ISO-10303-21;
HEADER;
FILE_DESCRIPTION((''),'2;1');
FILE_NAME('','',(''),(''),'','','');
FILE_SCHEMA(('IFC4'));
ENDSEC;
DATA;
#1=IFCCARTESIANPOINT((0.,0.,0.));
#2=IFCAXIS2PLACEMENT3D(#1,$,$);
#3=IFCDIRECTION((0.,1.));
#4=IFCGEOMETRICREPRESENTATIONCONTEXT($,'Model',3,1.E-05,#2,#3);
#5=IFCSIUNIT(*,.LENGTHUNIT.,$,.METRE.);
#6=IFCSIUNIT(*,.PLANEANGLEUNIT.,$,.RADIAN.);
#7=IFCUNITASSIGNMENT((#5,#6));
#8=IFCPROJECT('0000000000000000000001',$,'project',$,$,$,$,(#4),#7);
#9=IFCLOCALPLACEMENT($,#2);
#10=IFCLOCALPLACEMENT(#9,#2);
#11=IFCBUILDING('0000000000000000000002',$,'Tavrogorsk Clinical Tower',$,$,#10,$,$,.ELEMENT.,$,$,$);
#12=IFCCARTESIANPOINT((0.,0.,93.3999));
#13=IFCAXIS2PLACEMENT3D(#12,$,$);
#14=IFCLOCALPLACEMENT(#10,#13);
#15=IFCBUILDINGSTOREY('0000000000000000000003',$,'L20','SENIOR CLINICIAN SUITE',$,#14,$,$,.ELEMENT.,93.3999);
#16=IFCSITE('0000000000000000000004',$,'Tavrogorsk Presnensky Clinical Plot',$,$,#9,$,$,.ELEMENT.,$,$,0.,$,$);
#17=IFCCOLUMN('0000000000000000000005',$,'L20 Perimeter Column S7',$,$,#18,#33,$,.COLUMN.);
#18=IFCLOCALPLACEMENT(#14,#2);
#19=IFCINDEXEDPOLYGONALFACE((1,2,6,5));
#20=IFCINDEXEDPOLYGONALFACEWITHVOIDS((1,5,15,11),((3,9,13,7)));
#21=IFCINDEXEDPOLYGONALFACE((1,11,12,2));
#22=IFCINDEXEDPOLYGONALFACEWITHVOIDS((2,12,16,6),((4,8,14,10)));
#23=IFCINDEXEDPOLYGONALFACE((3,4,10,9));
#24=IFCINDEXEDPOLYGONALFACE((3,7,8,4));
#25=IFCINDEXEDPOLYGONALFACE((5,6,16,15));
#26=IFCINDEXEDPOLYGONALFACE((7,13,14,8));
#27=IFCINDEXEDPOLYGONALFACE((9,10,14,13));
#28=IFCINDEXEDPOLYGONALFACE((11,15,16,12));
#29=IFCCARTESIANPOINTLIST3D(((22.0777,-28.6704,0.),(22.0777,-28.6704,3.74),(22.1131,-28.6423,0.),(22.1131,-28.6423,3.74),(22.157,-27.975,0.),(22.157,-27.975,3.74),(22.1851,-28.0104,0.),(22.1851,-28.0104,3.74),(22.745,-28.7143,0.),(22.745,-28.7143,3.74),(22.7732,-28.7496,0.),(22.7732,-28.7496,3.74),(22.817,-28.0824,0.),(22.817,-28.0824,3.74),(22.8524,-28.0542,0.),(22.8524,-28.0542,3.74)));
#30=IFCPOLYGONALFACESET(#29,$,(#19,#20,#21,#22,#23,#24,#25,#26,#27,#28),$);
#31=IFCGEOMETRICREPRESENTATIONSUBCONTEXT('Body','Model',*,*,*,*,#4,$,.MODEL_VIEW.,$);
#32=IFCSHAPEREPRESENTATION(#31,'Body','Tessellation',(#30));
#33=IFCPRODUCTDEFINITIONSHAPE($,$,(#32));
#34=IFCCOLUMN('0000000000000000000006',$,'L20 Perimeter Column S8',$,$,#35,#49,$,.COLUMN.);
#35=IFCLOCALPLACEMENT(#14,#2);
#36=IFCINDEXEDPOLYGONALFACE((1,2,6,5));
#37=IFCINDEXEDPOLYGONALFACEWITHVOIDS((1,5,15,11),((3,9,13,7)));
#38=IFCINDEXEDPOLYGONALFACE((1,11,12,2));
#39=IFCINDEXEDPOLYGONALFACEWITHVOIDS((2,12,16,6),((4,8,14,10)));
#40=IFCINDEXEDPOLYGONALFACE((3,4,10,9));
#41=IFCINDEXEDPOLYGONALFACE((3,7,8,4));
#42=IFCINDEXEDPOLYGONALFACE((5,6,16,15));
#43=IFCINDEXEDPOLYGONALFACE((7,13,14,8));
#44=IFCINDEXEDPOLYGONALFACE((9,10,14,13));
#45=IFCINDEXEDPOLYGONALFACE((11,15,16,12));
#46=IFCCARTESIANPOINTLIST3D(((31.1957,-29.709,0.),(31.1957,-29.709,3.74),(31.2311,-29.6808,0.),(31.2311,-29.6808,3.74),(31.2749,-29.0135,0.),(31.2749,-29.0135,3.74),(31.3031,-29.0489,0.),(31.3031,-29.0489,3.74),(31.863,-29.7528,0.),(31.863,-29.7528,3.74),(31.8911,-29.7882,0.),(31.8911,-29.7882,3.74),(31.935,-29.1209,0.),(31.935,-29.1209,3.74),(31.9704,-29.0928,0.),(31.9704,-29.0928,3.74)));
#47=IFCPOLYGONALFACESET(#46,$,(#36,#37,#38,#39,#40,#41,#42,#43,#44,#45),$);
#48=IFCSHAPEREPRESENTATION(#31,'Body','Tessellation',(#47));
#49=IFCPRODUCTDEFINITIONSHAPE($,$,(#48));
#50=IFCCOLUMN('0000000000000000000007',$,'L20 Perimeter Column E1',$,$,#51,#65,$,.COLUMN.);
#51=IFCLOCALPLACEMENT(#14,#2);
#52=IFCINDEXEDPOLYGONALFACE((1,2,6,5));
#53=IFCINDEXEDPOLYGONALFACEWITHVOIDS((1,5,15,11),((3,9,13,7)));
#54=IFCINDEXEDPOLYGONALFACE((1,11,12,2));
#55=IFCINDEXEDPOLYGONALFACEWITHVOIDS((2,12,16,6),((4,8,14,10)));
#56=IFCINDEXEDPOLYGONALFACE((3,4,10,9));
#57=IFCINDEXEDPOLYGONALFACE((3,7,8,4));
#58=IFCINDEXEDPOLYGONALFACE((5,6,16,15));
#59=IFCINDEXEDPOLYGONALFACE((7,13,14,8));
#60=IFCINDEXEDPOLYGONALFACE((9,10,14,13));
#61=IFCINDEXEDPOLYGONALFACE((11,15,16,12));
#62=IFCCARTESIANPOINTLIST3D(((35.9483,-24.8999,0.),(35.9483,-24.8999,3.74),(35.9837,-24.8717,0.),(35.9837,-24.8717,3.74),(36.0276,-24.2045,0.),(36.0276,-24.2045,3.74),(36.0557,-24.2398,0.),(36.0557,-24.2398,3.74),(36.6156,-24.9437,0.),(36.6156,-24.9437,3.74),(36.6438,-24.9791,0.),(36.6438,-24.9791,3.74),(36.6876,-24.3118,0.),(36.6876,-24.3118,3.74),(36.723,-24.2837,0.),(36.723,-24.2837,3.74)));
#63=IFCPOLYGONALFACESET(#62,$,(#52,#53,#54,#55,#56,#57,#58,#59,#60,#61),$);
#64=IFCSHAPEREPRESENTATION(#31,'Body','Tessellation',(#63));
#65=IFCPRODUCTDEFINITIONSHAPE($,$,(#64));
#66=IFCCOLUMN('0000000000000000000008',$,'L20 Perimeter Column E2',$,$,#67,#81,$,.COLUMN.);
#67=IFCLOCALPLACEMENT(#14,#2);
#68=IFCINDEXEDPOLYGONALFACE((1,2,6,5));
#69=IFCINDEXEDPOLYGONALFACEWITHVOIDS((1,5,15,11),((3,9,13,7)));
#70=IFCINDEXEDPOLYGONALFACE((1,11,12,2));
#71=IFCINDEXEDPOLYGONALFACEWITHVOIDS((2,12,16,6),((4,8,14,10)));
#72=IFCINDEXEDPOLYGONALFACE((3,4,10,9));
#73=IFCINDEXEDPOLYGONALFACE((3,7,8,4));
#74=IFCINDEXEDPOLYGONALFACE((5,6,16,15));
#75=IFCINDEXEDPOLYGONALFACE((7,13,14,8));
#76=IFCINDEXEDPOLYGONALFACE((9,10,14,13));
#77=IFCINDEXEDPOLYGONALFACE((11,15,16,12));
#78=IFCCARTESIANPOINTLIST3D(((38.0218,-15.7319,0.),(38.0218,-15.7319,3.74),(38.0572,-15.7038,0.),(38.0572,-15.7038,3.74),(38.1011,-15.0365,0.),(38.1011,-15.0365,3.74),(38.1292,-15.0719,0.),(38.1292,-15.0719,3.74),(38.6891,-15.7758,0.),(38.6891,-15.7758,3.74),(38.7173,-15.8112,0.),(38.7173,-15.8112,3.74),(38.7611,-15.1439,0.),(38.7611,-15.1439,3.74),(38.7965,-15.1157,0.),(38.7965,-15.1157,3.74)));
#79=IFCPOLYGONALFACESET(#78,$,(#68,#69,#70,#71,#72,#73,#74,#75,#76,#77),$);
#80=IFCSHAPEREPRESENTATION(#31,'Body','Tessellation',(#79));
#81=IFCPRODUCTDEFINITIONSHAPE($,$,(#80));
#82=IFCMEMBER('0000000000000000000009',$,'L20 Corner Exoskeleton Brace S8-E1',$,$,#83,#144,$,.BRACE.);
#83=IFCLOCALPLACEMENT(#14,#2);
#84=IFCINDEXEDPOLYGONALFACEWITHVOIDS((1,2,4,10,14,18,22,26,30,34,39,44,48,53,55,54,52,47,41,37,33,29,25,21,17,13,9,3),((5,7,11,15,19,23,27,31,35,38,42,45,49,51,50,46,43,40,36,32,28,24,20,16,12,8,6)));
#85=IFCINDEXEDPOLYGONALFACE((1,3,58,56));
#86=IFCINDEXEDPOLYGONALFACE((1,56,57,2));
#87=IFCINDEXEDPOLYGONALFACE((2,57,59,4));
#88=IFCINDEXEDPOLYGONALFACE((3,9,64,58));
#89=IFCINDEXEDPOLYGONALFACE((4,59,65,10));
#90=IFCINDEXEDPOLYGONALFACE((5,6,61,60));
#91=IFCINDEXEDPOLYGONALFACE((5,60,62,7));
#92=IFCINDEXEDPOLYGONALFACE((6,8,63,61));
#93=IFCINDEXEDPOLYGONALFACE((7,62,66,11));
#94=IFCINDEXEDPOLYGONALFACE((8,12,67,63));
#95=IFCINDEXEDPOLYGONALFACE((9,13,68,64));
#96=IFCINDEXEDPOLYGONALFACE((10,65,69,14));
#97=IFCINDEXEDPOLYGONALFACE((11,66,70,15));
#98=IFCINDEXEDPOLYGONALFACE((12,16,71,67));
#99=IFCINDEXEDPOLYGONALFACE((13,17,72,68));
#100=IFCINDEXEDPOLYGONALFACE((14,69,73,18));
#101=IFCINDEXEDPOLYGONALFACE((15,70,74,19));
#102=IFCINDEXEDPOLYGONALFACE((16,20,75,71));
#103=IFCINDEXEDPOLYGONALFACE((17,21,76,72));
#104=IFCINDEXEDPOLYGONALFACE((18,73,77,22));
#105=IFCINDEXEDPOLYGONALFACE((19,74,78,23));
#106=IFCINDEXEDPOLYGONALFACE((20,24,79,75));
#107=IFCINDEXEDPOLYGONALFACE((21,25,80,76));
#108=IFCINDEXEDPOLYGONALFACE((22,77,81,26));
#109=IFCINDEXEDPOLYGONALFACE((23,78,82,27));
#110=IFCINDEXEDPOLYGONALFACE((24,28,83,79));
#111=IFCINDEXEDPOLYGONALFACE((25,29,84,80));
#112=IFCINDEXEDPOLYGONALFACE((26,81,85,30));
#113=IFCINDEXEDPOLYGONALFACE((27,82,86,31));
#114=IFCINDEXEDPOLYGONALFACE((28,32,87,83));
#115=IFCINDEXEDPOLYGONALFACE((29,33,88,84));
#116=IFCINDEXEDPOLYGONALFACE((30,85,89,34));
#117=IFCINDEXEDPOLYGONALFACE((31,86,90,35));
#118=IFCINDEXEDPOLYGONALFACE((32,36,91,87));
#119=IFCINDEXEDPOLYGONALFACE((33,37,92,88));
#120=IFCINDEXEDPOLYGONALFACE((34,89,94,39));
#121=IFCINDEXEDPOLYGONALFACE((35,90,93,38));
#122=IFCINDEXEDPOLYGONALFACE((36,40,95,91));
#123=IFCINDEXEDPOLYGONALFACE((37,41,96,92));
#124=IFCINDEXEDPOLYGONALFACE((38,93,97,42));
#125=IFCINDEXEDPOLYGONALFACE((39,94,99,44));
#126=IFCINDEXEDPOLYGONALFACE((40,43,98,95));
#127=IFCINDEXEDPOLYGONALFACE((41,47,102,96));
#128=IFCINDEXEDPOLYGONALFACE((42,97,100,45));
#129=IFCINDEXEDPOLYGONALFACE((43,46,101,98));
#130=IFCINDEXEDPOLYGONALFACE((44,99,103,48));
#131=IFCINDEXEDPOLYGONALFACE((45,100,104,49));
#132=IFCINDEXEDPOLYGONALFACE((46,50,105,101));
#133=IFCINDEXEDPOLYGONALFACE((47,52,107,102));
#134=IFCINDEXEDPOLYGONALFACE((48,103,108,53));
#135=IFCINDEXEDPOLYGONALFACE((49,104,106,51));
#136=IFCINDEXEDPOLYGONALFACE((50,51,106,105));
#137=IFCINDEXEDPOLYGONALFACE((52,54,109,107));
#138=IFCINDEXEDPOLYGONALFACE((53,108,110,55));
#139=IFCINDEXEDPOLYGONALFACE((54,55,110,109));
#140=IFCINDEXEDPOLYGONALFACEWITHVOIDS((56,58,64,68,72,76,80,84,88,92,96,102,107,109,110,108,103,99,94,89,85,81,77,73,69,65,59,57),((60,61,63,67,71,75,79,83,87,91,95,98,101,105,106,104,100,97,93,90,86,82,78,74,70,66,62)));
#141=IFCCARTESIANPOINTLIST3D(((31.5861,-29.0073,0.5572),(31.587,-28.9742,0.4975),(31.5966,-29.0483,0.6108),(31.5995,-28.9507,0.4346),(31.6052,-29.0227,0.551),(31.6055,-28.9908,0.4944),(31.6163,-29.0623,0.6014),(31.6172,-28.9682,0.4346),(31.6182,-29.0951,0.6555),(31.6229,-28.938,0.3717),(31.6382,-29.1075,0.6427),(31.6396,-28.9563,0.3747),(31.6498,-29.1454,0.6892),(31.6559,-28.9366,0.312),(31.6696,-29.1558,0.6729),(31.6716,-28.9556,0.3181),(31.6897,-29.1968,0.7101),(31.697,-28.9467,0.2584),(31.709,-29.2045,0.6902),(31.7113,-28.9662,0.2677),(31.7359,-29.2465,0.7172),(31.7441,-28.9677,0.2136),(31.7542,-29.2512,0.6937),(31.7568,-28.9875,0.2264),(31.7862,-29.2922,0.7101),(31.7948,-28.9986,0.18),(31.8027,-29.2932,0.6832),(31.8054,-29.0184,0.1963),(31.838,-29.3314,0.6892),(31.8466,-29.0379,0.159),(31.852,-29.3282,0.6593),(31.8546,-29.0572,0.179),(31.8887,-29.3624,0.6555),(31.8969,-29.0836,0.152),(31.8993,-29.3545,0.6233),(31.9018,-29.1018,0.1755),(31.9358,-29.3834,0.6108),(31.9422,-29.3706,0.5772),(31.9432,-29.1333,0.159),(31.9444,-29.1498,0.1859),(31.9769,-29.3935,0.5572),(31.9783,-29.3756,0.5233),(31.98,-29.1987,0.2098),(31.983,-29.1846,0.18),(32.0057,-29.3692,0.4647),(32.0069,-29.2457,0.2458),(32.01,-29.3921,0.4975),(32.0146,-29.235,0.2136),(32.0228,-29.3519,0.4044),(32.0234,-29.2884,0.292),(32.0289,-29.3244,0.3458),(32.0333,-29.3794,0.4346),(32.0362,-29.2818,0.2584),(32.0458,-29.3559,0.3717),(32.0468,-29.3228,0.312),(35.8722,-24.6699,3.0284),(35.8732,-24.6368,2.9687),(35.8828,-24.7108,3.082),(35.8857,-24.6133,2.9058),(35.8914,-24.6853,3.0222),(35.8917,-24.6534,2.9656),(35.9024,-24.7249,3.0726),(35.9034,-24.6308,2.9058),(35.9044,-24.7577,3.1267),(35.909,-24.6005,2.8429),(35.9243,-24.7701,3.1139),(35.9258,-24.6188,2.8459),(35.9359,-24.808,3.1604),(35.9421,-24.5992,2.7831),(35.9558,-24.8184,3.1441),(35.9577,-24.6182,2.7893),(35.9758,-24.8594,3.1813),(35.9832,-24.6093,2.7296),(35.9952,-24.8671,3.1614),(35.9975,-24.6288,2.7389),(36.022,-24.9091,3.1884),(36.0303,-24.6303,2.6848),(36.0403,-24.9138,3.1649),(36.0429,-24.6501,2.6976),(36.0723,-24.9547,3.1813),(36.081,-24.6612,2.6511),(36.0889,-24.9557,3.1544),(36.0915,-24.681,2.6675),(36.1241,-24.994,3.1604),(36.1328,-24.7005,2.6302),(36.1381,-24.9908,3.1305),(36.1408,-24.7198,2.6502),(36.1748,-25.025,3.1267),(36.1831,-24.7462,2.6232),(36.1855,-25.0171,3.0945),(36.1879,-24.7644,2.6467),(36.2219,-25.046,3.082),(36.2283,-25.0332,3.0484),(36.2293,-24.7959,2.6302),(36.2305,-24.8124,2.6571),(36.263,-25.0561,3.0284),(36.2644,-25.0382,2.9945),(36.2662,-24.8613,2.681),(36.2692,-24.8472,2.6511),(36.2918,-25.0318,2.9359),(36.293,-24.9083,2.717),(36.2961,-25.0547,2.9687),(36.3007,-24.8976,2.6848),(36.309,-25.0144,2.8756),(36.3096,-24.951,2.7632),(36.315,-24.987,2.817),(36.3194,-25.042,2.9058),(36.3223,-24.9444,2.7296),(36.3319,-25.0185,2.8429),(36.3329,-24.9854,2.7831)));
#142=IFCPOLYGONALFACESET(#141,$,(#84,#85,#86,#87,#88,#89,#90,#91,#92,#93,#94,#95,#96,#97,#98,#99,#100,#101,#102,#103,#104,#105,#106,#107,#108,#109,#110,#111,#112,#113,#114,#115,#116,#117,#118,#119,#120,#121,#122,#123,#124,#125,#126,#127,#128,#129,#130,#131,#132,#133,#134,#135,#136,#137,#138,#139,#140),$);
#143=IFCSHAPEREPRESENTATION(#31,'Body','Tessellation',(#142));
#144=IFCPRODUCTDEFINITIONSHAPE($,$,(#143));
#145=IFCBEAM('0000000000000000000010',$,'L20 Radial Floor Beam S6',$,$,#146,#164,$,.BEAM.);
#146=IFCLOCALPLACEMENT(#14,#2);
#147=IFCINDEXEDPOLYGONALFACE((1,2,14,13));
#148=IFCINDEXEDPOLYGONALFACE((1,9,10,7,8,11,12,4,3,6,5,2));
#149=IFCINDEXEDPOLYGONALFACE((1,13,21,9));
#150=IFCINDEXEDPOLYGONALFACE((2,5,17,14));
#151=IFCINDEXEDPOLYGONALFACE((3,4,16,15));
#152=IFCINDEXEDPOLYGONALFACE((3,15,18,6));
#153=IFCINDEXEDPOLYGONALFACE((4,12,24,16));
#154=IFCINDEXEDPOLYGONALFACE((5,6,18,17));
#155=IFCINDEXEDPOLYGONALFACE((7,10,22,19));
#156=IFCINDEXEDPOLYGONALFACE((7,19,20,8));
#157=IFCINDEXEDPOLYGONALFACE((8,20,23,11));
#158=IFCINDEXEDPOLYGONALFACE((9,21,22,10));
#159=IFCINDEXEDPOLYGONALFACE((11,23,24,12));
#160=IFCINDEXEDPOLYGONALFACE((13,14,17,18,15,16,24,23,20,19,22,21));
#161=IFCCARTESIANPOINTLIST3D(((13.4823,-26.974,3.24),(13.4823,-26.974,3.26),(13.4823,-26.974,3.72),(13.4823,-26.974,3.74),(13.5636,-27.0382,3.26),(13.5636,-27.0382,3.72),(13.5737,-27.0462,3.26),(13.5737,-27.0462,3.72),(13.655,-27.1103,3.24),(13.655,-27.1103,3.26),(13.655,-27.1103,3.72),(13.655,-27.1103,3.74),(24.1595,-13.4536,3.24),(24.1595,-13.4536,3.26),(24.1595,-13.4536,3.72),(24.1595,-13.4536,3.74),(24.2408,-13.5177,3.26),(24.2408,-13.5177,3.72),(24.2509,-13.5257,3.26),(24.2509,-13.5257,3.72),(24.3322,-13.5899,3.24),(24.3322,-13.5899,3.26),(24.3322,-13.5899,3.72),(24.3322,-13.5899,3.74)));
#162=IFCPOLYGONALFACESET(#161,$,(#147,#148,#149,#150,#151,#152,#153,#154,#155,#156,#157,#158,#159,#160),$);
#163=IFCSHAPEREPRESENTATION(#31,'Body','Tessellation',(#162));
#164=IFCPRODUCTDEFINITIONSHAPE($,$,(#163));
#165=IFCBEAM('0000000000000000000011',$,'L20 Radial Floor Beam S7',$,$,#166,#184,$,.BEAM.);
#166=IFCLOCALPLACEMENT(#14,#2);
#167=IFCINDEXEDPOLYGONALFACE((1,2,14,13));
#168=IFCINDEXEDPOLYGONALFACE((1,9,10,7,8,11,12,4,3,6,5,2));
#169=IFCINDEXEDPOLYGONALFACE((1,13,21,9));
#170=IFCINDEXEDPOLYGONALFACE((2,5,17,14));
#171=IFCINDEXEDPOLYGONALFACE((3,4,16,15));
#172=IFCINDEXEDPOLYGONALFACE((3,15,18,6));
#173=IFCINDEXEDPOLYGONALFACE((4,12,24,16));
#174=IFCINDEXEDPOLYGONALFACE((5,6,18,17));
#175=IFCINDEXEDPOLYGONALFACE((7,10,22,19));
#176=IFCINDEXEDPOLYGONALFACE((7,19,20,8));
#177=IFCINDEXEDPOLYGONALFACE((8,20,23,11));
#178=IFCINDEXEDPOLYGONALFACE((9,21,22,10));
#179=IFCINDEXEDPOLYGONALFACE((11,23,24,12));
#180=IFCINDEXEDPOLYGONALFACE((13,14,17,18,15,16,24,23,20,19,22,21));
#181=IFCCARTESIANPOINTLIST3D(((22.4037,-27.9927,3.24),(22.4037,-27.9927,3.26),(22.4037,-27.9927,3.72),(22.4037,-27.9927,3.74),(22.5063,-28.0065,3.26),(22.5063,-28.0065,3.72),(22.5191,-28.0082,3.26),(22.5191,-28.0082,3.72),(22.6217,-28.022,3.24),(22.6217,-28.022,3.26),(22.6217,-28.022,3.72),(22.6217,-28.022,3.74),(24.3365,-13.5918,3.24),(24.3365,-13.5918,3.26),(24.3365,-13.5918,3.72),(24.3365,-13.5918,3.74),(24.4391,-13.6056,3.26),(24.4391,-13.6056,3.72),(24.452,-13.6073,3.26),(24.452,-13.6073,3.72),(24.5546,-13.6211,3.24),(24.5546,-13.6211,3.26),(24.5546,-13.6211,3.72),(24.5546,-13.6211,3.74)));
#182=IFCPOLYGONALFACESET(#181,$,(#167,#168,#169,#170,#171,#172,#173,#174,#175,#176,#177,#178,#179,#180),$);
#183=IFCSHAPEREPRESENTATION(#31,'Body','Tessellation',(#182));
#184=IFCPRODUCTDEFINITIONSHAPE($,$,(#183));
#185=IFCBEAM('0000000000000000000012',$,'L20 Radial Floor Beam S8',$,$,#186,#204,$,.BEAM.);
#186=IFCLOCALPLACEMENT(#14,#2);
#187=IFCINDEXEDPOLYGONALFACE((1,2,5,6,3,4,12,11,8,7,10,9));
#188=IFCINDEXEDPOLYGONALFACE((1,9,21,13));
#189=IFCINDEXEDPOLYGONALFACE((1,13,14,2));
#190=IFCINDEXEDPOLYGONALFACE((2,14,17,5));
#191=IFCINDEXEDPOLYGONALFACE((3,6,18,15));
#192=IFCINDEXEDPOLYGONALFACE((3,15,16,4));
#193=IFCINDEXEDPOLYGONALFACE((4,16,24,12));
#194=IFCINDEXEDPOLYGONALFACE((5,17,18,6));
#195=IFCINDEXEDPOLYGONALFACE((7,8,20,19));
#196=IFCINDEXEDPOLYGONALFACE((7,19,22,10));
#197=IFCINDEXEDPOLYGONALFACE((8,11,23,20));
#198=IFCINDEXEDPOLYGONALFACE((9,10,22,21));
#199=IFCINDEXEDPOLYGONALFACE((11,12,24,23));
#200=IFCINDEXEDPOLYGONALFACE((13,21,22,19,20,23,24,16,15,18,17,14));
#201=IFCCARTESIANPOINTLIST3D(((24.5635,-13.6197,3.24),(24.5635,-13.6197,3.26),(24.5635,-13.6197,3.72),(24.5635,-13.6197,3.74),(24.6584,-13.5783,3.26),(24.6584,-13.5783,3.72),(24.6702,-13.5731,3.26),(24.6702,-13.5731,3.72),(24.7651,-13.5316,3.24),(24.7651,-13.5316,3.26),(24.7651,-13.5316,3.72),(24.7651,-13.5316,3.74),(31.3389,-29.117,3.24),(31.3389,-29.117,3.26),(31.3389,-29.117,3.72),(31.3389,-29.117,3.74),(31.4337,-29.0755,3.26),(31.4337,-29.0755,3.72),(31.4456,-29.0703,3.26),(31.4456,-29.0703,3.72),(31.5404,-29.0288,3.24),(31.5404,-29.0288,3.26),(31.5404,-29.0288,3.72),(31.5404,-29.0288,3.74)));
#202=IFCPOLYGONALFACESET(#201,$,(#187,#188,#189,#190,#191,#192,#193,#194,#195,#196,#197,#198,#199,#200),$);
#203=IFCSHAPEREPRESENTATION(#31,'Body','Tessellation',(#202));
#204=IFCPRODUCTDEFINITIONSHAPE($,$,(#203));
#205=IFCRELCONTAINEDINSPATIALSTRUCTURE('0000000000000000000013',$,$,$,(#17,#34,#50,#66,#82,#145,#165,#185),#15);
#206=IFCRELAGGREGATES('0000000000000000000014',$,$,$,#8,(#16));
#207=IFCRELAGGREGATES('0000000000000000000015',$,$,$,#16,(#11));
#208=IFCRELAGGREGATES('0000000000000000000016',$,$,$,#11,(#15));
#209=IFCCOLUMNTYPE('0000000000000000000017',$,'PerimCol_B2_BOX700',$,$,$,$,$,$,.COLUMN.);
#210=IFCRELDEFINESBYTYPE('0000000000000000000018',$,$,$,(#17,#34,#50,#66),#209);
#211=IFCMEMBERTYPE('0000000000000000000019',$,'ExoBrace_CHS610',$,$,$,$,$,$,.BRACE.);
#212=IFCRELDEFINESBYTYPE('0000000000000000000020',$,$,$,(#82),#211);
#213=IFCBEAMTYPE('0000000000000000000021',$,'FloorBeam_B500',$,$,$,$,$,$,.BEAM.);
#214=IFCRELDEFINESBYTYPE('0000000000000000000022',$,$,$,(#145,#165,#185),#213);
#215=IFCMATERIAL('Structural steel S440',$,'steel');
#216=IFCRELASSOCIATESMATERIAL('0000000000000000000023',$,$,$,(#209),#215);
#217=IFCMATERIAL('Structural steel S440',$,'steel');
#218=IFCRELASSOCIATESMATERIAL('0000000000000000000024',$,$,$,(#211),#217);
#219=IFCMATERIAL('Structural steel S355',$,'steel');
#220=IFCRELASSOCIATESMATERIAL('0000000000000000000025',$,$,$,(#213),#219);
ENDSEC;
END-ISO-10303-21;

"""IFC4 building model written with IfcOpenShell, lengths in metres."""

from ifc_helpers import new_model, si_unit, direction, frame, origin, origin_2d, place, context, subcontext, project, spatial, hollow_rectangle, hollow_circle, i_section, extrude, material, material_profile, profile_set, type_object, element, save


model = new_model("IFC4")

# Units and contexts
model_context = context("Model", 3, precision=1e-05, world=origin(), true_north=direction((0.0, 1.0)))
body_context = subcontext(model_context, "Body", "Model", "MODEL_VIEW")
ifc_project = project(units=[si_unit("LENGTHUNIT", "METRE"), si_unit("PLANEANGLEUNIT", "RADIAN")], contexts=[model_context])

# Site, building, storey
site_placement = place(None, origin())
site = spatial("IfcSite", under=ifc_project, at=site_placement, Name="Tavrogorsk Presnensky Clinical Plot", CompositionType="ELEMENT", RefElevation=0.0)
building_placement = place(site_placement, origin())
building = spatial("IfcBuilding", under=site, at=building_placement, Name="Tavrogorsk Clinical Tower", CompositionType="ELEMENT")
storey_placement = place(building_placement, frame((0.0, 0.0, 93.3999)))
storey = spatial("IfcBuildingStorey", under=building, at=storey_placement, Name="L20", Description="SENIOR CLINICIAN SUITE", CompositionType="ELEMENT", Elevation=93.3999)

# Columns
ifc_material_1 = material(Name="Structural steel S440", Category="steel")
ifc_material_profile_1 = material_profile(ifc_material_1, hollow_rectangle(XDim=0.7, YDim=0.7, WallThickness=0.032, at=origin_2d()), Name="BOX-700x700x32")
ifc_profile_set_1 = profile_set([ifc_material_profile_1], Name="Structural steel S440")
column_type = type_object("IfcColumnType", Name="PerimCol_B2_BOX700", PredefinedType="COLUMN", material=ifc_profile_set_1)
for number, where, z_axis, x_axis, name in (
    (1, (22.4651, -28.3623, 0.0), (0.0, 0.0, 1.0), (0.993572, -0.113203, 0.0), "L20 Perimeter Column S7"),
    (2, (31.583, -29.4009, 0.0), (0.0, 0.0, 1.0), (0.993572, -0.113203, 0.0), "L20 Perimeter Column S8"),
    (3, (36.3357, -24.5918, 0.0), (0.0, 0.0, 1.0), (0.993572, -0.113203, 0.0), "L20 Perimeter Column E1"),
    (4, (38.4092, -15.4238, 0.0), (0.0, 0.0, 1.0), (0.993572, -0.113203, 0.0), "L20 Perimeter Column E2"),
):
    element("IfcColumn", number, at=place(storey_placement, frame(where, z_axis=z_axis, x_axis=x_axis)), inside=storey, type_object=column_type, Name=name, PredefinedType="COLUMN", context=body_context, shape_type="SweptSolid", body=[
        extrude(hollow_rectangle(XDim=0.7, YDim=0.7, WallThickness=0.032, at=origin_2d()), origin(), (0.0, 0.0, 1.0), 3.74),
    ])

# Member
ifc_material_2 = material(Name="Structural steel S440", Category="steel")
ifc_material_profile_2 = material_profile(ifc_material_2, hollow_circle(Radius=0.3049, WallThickness=0.0249, at=origin_2d()), Name="CHS-610x25")
ifc_profile_set_2 = profile_set([ifc_material_profile_2], Name="Structural steel S440")
member_type_1 = type_object("IfcMemberType", Name="ExoBrace_CHS610", PredefinedType="BRACE", material=ifc_profile_set_2)
member_1_placement = place(storey_placement, frame((31.8164, -29.165, 0.4346), z_axis=(0.65143, 0.659222, 0.375585), x_axis=(-0.711298, 0.70289, 0.0)))
element("IfcMember", 5, at=member_1_placement, inside=storey, type_object=member_type_1, Name="L20 Corner Exoskeleton Brace S8-E1", PredefinedType="BRACE", context=body_context, shape_type="SweptSolid", body=[
    extrude(hollow_circle(Radius=0.3049, WallThickness=0.0249, at=origin_2d()), origin(), (0.0, 0.0, 1.0), 6.5796),
])

# Beams
ifc_material_3 = material(Name="Structural steel S355", Category="steel")
ifc_material_profile_3 = material_profile(ifc_material_3, i_section(OverallWidth=0.22, OverallDepth=0.5, WebThickness=0.0129, FlangeThickness=0.02, at=origin_2d()), Name="B-500x220x13x20")
ifc_profile_set_3 = profile_set([ifc_material_profile_3], Name="Structural steel S355")
beam_type_1 = type_object("IfcBeamType", Name="FloorBeam_B500", PredefinedType="BEAM", material=ifc_profile_set_3)
beam_1_placement = place(storey_placement, frame((24.2458, -13.5217, 3.49), z_axis=(-0.619757, -0.784794, 0.0), x_axis=(0.784794, -0.619757, 0.0)))
element("IfcBeam", 6, at=beam_1_placement, inside=storey, type_object=beam_type_1, Name="L20 Radial Floor Beam S6", PredefinedType="BEAM", context=body_context, shape_type="SweptSolid", body=[
    extrude(i_section(OverallWidth=0.22, OverallDepth=0.5, WebThickness=0.0129, FlangeThickness=0.02, at=origin_2d()), origin(), (0.0, 0.0, 1.0), 17.228),
])
beam_2_placement = place(storey_placement, frame((24.4456, -13.6064, 3.49), z_axis=(-0.133025, -0.991113, 0.0), x_axis=(0.991113, -0.133025, 0.0)))
element("IfcBeam", 7, at=beam_2_placement, inside=storey, type_object=beam_type_1, Name="L20 Radial Floor Beam S7", PredefinedType="BEAM", context=body_context, shape_type="SweptSolid", body=[
    extrude(i_section(OverallWidth=0.22, OverallDepth=0.5, WebThickness=0.0129, FlangeThickness=0.02, at=origin_2d()), origin(), (0.0, 0.0, 1.0), 14.53),
])
beam_3_placement = place(storey_placement, frame((24.6643, -13.5757, 3.49), z_axis=(0.400586, -0.916259, 0.0), x_axis=(0.916259, 0.400586, 0.0)))
element("IfcBeam", 8, at=beam_3_placement, inside=storey, type_object=beam_type_1, Name="L20 Radial Floor Beam S8", PredefinedType="BEAM", context=body_context, shape_type="SweptSolid", body=[
    extrude(i_section(OverallWidth=0.22, OverallDepth=0.5, WebThickness=0.0129, FlangeThickness=0.02, at=origin_2d()), origin(), (0.0, 0.0, 1.0), 16.9136),
])

save(model, "model.ifc")
